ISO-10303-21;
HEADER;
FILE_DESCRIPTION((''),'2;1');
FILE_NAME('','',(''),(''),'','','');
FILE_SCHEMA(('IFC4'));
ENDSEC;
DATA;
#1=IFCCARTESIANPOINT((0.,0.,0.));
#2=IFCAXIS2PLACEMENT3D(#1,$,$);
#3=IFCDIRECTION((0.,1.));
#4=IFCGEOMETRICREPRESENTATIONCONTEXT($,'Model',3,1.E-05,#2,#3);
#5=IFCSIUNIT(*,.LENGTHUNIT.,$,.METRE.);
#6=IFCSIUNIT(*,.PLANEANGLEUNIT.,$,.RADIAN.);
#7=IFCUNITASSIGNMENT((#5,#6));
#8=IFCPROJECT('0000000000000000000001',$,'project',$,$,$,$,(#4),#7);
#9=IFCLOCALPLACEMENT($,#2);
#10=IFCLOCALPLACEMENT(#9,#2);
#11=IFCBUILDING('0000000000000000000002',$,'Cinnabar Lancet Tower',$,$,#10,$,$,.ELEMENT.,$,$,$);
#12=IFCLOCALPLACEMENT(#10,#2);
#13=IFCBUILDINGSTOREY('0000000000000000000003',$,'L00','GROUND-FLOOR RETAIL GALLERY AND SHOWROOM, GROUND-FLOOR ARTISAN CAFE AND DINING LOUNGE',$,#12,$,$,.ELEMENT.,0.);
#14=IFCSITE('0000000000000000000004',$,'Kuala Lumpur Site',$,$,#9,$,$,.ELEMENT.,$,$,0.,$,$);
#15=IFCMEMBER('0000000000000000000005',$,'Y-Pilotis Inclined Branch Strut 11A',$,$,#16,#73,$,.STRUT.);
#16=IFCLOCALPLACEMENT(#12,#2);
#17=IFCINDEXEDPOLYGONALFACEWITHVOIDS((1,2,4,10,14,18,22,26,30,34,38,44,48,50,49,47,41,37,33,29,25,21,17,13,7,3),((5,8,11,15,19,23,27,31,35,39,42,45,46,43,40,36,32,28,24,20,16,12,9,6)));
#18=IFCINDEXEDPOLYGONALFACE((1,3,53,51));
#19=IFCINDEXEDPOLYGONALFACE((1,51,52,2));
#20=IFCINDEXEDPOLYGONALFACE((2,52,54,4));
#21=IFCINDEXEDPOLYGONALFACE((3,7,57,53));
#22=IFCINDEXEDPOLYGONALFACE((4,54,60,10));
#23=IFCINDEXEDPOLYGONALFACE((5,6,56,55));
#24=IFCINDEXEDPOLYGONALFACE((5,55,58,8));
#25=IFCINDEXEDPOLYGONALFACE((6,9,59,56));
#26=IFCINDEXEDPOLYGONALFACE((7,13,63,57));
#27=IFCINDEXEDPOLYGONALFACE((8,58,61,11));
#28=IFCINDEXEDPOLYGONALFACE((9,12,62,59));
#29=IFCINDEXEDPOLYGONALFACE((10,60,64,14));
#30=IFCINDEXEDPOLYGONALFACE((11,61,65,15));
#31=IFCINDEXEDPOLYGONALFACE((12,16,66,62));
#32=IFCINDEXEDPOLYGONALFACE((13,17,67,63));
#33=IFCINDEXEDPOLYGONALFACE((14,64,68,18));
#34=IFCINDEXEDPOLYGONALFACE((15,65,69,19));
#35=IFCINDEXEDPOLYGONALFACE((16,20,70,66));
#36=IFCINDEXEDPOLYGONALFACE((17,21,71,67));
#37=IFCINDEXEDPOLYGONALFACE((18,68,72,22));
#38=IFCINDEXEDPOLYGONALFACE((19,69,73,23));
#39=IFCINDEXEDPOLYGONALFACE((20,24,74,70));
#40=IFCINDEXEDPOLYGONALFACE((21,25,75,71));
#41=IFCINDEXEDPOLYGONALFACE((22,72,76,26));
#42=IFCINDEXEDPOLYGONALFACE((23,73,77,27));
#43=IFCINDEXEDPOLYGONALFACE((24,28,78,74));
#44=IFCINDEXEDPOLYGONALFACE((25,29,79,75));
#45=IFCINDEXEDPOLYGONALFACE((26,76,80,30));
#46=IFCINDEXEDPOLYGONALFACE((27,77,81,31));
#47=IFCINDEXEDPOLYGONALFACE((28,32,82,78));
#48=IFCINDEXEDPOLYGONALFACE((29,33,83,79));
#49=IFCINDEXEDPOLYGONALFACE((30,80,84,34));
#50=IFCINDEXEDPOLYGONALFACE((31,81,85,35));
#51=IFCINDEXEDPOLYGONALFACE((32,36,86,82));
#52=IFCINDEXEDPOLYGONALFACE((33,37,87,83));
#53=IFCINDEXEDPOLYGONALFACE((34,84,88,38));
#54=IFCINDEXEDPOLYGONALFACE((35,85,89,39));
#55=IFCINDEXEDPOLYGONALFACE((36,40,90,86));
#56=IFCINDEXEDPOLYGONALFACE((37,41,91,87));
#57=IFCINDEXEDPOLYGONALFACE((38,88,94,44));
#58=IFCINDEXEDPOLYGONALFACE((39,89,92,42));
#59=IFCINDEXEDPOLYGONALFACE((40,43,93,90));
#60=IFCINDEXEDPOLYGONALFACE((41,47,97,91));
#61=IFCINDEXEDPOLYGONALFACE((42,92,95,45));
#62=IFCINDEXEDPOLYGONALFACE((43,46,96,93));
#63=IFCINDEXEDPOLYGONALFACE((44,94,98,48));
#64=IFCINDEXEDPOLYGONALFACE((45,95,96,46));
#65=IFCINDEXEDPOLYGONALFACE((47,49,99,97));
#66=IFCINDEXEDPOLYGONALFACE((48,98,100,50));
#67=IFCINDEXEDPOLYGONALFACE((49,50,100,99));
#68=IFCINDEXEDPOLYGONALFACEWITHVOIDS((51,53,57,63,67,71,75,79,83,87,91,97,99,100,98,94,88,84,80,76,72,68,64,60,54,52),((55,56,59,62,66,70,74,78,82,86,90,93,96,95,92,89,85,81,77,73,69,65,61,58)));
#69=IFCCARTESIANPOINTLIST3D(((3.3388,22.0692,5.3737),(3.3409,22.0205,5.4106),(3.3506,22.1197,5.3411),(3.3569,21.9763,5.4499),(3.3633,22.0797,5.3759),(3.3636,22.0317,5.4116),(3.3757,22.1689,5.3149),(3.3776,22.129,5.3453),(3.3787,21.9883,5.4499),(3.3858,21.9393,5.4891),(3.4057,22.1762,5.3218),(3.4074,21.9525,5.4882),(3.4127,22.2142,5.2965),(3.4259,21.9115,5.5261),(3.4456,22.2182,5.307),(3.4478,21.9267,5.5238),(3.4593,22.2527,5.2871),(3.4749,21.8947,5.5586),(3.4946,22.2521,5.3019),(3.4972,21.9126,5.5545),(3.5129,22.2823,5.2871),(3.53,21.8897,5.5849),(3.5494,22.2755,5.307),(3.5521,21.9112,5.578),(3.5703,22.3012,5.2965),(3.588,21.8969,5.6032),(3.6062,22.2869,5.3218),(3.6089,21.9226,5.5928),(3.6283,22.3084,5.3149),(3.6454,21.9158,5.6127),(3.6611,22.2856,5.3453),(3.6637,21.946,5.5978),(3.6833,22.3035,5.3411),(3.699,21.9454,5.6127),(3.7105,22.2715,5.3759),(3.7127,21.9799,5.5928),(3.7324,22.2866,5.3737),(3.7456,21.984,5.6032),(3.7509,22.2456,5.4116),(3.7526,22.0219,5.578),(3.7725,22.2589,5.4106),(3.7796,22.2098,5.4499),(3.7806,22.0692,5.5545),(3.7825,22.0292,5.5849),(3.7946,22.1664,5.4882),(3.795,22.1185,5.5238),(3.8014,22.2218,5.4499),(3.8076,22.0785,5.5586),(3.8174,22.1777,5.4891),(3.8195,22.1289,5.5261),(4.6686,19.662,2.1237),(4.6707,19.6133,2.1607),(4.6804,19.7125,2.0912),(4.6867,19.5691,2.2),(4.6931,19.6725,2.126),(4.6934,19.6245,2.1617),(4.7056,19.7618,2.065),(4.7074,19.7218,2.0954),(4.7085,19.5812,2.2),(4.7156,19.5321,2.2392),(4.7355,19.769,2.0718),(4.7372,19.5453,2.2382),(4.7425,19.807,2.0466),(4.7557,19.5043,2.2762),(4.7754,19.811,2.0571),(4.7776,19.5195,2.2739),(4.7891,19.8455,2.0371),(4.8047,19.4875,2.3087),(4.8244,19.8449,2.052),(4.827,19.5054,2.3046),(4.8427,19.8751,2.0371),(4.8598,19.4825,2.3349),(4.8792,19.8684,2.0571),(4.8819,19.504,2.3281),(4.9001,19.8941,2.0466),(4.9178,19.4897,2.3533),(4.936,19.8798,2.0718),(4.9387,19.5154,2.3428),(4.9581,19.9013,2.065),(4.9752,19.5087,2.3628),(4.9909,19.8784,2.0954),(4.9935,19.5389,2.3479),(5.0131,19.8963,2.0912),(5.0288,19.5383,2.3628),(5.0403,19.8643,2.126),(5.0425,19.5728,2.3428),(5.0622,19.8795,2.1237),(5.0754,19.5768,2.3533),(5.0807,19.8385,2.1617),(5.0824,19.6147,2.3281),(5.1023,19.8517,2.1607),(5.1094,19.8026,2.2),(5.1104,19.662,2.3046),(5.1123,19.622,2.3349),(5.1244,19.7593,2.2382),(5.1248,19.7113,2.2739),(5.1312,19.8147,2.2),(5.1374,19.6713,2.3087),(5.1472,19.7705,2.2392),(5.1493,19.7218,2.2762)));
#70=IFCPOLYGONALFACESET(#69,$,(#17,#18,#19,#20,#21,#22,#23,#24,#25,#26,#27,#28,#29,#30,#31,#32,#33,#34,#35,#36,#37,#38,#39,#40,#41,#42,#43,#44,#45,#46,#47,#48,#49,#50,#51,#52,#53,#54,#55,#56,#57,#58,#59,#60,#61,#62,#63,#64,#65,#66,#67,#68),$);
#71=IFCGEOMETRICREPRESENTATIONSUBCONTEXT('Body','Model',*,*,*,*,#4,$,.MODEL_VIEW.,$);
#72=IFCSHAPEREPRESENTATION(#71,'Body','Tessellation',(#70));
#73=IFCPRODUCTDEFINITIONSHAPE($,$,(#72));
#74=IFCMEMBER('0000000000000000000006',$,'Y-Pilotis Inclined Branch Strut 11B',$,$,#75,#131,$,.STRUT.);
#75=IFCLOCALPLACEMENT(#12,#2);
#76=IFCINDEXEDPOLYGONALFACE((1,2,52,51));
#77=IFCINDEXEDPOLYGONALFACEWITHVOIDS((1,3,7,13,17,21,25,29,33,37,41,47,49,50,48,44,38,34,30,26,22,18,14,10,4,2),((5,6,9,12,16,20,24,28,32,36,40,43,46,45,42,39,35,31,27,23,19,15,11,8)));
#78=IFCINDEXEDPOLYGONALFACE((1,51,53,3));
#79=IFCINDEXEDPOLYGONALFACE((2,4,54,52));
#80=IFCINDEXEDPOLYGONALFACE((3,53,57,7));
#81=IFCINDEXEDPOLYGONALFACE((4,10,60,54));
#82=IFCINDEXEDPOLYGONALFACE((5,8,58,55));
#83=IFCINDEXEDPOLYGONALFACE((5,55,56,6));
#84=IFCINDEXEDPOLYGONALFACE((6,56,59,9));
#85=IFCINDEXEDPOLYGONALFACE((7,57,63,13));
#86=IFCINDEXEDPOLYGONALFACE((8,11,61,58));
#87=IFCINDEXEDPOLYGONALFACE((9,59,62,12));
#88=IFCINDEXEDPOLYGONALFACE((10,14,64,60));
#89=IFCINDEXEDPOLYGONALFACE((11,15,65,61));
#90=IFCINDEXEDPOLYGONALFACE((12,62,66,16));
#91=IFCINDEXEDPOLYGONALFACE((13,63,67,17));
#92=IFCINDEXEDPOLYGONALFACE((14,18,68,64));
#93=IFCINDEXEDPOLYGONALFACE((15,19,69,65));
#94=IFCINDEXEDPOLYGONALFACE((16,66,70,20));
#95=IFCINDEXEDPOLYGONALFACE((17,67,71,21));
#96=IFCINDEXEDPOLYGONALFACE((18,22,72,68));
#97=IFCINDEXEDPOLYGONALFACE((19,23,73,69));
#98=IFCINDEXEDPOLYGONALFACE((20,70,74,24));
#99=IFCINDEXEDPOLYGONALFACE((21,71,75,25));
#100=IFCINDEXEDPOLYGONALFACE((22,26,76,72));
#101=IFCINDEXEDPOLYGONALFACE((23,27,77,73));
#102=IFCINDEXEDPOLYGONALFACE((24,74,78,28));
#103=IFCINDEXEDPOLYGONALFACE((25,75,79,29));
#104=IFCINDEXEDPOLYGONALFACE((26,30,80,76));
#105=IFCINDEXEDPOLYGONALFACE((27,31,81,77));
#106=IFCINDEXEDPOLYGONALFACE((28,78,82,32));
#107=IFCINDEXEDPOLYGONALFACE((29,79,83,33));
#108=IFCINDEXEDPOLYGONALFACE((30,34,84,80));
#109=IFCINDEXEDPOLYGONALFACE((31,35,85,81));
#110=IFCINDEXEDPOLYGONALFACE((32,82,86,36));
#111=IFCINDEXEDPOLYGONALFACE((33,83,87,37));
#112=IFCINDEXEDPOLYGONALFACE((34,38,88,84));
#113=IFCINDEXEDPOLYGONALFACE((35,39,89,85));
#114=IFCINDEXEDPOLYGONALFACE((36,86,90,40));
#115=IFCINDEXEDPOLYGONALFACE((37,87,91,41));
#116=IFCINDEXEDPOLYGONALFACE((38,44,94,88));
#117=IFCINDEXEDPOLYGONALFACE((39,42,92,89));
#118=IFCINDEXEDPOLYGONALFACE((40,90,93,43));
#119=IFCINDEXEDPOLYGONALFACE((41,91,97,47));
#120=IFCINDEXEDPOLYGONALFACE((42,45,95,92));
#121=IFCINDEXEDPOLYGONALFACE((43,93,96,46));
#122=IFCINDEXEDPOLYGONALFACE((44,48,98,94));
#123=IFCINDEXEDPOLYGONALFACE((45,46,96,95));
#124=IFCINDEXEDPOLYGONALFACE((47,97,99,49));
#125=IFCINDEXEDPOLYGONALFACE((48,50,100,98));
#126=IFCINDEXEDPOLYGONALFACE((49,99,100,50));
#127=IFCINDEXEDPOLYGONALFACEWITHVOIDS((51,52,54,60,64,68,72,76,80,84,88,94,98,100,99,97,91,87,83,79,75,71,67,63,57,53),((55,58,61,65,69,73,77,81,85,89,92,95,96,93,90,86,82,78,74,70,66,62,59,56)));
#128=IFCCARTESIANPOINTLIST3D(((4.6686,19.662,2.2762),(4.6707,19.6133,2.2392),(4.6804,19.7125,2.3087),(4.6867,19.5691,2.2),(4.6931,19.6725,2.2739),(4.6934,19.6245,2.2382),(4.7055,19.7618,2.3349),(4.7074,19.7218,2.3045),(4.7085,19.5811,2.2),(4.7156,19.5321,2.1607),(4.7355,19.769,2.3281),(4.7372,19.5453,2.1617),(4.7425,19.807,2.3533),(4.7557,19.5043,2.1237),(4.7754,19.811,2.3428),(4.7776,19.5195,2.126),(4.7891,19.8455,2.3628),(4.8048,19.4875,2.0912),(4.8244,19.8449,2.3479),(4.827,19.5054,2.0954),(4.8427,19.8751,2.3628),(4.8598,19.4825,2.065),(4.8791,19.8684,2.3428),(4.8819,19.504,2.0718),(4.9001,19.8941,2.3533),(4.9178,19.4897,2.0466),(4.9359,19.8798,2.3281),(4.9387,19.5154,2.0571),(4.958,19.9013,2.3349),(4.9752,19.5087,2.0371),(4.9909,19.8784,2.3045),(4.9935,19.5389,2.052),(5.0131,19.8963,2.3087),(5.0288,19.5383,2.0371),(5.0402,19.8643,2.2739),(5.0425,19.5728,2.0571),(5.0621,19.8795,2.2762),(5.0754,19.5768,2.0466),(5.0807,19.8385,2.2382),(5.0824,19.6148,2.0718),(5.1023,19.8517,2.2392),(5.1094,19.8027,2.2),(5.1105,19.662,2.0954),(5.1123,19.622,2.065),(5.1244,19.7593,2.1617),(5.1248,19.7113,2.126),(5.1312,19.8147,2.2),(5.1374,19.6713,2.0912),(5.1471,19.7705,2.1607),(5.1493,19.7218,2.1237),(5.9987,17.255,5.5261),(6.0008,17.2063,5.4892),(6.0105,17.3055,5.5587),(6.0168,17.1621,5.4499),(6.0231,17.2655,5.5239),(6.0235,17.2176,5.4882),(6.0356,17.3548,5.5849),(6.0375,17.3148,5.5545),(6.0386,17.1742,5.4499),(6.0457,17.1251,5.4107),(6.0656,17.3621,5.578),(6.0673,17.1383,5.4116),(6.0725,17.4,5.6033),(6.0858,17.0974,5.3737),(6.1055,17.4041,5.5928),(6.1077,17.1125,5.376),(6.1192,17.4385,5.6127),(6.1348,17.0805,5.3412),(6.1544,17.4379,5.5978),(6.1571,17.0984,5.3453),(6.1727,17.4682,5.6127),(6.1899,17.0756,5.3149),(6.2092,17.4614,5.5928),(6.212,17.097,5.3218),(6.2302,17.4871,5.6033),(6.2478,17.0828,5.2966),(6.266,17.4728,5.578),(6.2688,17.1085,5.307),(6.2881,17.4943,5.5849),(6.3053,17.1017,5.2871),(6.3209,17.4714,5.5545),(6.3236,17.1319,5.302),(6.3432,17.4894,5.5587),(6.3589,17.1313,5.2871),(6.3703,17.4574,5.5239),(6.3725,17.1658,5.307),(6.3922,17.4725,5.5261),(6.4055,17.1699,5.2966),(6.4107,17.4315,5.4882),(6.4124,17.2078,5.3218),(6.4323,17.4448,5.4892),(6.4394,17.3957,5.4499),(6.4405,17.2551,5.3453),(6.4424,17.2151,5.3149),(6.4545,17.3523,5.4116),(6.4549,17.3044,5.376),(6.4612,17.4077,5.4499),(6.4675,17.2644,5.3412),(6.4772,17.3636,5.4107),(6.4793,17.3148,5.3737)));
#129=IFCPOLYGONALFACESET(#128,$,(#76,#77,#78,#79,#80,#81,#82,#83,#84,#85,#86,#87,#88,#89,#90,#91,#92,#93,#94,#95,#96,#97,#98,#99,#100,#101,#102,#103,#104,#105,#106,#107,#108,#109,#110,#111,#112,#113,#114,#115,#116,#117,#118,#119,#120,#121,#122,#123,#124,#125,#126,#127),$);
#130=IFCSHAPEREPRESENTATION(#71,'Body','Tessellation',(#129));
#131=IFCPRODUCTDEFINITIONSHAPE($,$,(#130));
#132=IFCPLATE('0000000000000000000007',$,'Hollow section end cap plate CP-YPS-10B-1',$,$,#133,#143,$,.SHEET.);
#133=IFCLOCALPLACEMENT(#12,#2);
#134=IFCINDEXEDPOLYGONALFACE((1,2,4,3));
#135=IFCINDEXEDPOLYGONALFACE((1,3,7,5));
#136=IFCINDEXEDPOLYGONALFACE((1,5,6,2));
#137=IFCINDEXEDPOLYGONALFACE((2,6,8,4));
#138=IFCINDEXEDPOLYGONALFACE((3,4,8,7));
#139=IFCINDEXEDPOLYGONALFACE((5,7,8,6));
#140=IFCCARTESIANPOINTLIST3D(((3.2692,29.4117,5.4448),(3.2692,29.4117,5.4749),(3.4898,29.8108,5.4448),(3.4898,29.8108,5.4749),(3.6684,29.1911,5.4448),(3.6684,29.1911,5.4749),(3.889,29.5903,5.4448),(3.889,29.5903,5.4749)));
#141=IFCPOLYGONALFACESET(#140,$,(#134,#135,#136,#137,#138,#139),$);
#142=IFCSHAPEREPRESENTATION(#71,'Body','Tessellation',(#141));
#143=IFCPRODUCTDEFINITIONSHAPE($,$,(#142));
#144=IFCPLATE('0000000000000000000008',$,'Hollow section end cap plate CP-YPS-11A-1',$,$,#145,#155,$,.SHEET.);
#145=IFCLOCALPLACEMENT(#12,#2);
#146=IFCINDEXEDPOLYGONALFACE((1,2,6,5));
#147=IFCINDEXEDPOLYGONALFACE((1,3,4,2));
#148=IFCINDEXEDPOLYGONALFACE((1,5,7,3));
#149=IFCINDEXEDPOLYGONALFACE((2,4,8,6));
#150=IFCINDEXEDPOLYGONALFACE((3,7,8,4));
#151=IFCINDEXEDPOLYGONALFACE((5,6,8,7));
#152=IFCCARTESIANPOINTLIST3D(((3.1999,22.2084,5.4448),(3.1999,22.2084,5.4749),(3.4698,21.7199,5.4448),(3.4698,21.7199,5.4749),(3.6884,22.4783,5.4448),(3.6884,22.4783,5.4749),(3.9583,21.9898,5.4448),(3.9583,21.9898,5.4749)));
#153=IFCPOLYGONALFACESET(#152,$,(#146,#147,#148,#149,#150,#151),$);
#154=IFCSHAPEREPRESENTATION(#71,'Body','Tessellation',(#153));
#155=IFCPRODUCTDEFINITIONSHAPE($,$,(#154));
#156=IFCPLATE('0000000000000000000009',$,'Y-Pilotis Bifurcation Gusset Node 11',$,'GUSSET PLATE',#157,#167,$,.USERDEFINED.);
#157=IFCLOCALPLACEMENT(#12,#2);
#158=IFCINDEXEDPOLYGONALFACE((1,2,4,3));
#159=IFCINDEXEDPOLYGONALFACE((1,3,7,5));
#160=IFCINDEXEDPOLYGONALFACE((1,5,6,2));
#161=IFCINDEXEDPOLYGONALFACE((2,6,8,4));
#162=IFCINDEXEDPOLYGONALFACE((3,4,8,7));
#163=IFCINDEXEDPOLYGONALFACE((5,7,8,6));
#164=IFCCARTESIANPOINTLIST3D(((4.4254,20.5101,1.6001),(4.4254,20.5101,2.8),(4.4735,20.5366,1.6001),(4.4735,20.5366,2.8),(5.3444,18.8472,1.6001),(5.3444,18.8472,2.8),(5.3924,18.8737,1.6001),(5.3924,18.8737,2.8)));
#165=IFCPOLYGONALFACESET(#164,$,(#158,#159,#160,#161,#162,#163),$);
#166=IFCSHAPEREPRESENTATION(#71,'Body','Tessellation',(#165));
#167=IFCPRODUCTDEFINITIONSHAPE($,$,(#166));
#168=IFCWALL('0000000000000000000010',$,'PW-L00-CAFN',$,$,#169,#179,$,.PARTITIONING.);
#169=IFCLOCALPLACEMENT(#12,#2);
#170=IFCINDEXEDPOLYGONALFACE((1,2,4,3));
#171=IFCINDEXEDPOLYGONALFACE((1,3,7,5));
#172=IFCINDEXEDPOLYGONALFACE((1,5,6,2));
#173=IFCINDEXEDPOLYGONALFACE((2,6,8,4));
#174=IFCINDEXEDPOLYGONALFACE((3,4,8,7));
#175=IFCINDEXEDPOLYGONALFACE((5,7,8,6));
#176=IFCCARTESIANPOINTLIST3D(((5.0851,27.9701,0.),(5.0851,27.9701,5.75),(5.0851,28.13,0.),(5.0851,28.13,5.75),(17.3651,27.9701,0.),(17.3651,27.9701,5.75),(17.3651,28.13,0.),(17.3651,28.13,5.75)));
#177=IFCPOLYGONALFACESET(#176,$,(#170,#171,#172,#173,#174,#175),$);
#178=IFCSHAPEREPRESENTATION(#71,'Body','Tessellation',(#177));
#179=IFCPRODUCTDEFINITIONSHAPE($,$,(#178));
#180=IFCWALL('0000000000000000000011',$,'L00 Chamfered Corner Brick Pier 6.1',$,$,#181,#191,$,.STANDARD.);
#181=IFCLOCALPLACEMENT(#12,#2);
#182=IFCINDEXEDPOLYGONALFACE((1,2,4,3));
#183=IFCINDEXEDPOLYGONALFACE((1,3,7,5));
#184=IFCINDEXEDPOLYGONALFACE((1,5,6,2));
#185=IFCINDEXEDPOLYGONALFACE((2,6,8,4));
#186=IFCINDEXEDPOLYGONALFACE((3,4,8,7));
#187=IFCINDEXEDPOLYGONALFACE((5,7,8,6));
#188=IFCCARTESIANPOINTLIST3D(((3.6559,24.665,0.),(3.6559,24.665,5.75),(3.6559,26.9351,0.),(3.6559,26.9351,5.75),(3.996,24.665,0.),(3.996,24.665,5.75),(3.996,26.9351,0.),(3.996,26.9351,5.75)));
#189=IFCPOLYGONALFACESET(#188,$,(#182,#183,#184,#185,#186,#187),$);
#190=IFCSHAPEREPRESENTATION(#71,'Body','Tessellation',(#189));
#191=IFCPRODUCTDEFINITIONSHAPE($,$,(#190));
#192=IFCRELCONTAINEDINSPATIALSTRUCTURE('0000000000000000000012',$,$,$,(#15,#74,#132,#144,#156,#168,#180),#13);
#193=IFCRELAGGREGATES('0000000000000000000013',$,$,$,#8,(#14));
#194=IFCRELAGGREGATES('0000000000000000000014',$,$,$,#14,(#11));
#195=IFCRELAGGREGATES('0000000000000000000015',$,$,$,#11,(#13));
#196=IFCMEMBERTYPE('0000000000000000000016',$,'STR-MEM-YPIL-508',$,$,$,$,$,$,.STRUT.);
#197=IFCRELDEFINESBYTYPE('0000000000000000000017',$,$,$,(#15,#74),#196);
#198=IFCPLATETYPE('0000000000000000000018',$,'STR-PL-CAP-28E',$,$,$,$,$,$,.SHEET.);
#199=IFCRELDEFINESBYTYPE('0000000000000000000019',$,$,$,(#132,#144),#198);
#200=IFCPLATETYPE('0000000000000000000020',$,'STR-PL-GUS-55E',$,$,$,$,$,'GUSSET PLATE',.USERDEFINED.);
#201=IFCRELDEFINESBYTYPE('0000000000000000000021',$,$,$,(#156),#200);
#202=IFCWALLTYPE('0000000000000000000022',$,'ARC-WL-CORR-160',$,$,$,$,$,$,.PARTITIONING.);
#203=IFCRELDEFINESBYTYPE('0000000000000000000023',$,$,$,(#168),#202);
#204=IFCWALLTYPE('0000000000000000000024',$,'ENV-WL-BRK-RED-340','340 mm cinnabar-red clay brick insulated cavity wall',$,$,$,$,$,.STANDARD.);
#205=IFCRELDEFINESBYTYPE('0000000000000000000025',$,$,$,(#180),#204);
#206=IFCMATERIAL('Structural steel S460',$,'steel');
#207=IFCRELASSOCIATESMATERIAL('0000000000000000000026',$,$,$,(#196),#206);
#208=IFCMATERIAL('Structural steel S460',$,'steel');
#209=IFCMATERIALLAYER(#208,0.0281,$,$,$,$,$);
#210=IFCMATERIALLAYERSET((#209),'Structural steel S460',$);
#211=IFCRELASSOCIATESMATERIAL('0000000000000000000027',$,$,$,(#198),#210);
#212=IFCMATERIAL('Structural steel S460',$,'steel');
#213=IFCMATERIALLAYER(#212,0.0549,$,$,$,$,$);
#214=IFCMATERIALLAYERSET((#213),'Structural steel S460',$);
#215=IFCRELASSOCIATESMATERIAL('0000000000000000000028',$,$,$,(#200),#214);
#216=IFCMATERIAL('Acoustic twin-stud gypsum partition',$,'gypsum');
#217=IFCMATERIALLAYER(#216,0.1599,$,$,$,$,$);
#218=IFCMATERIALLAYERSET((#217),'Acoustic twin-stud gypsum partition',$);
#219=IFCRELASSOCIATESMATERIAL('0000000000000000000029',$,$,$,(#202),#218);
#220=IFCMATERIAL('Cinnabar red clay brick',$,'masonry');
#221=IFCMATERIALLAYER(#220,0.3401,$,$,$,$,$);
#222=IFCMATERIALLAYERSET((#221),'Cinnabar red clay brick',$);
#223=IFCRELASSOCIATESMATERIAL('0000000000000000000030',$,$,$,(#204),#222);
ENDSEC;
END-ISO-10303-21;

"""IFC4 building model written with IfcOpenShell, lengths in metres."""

from ifc_helpers import new_model, si_unit, direction, frame, frame_2d, origin, origin_2d, place, context, subcontext, project, spatial, rectangle, hollow_circle, extrude, material, layer, layer_set, material_profile, profile_set, type_object, element, save


model = new_model("IFC4")

# Units and contexts
model_context = context("Model", 3, precision=1e-05, world=origin(), true_north=direction((0.0, 1.0)))
body_context = subcontext(model_context, "Body", "Model", "MODEL_VIEW")
ifc_project = project(units=[si_unit("LENGTHUNIT", "METRE"), si_unit("PLANEANGLEUNIT", "RADIAN")], contexts=[model_context])

# Site, building, storey
site_placement = place(None, origin())
site = spatial("IfcSite", under=ifc_project, at=site_placement, Name="Kuala Lumpur Site", CompositionType="ELEMENT", RefElevation=0.0)
building_placement = place(site_placement, origin())
building = spatial("IfcBuilding", under=site, at=building_placement, Name="Cinnabar Lancet Tower", CompositionType="ELEMENT")
storey_placement = place(building_placement, origin())
storey = spatial("IfcBuildingStorey", under=building, at=storey_placement, Name="L00", Description="GROUND-FLOOR RETAIL GALLERY AND SHOWROOM, GROUND-FLOOR ARTISAN CAFE AND DINING LOUNGE", CompositionType="ELEMENT", Elevation=0.0)

# Members
ifc_material_1 = material(Name="Structural steel S460", Category="steel")
ifc_material_profile_1 = material_profile(ifc_material_1, hollow_circle(Radius=0.2539, WallThickness=0.0249, at=origin_2d()), Name="CHS 508x25")
ifc_profile_set_1 = profile_set([ifc_material_profile_1], Name="Structural steel S460")
member_type = type_object("IfcMemberType", Name="STR-MEM-YPIL-508", PredefinedType="STRUT", material=ifc_profile_set_1)
for number, where, z_axis, x_axis, name in (
    (1, (4.9089, 19.6919, 2.2), (-0.312356, 0.565418, 0.763372), (-0.875315, -0.483554, 0.0), "Y-Pilotis Inclined Branch Strut 11A"),
    (2, (4.9089, 19.6919, 2.2), (0.312418, -0.565369, 0.763383), (0.875256, 0.483659, 0.0), "Y-Pilotis Inclined Branch Strut 11B"),
):
    element("IfcMember", number, at=place(storey_placement, frame(where, z_axis=z_axis, x_axis=x_axis)), inside=storey, type_object=member_type, Name=name, PredefinedType="STRUT", context=body_context, shape_type="SweptSolid", body=[
        extrude(hollow_circle(Radius=0.2539, WallThickness=0.0249, at=origin_2d()), origin(), (0.0, 0.0, 1.0), 4.2573),
    ])

# Plates
ifc_material_2 = material(Name="Structural steel S460", Category="steel")
ifc_layer_1 = layer(ifc_material_2, 0.0281)
ifc_layer_set_1 = layer_set([ifc_layer_1], Name="Structural steel S460")
plate_type_1 = type_object("IfcPlateType", Name="STR-PL-CAP-28E", PredefinedType="SHEET", material=ifc_layer_set_1)
plate_1_placement = place(storey_placement, frame((3.5791, 29.501, 5.4448), z_axis=(0.0, 0.0, 1.0), x_axis=(-0.483634, -0.87527, 0.0)))
element("IfcPlate", 3, at=plate_1_placement, inside=storey, type_object=plate_type_1, Name="Hollow section end cap plate CP-YPS-10B-1", PredefinedType="SHEET", context=body_context, shape_type="SweptSolid", body=[
    extrude(rectangle(XDim=0.4561, YDim=0.4561, at=origin_2d()), origin(), (0.0, 0.0, 1.0), 0.03),
])
plate_2_placement = place(storey_placement, frame((3.5791, 22.0991, 5.4448), z_axis=(0.0, 0.0, 1.0), x_axis=(-0.483634, 0.87527, 0.0)))
element("IfcPlate", 4, at=plate_2_placement, inside=storey, type_object=plate_type_1, Name="Hollow section end cap plate CP-YPS-11A-1", PredefinedType="SHEET", context=body_context, shape_type="SweptSolid", body=[
    extrude(rectangle(XDim=0.5581, YDim=0.5581, at=origin_2d()), origin(), (0.0, 0.0, 1.0), 0.03),
])
ifc_material_3 = material(Name="Structural steel S460", Category="steel")
ifc_layer_2 = layer(ifc_material_3, 0.0549)
ifc_layer_set_2 = layer_set([ifc_layer_2], Name="Structural steel S460")
plate_type_2 = type_object("IfcPlateType", Name="STR-PL-GUS-55E", ElementType="GUSSET PLATE", PredefinedType="USERDEFINED", material=ifc_layer_set_2)
plate_3_placement = place(storey_placement, frame((4.9089, 19.6919, 1.6001), z_axis=(0.0, 0.0, 1.0), x_axis=(0.483664, -0.875254, 0.0)))
element("IfcPlate", 5, at=plate_3_placement, inside=storey, type_object=plate_type_2, Name="Y-Pilotis Bifurcation Gusset Node 11", ObjectType="GUSSET PLATE", PredefinedType="USERDEFINED", context=body_context, shape_type="SweptSolid", body=[
    extrude(rectangle(XDim=1.8999, YDim=0.0549, at=origin_2d()), origin(), (0.0, 0.0, 1.0), 1.2),
])

# Walls
ifc_material_4 = material(Name="Acoustic twin-stud gypsum partition", Category="gypsum")
ifc_layer_3 = layer(ifc_material_4, 0.1599)
ifc_layer_set_3 = layer_set([ifc_layer_3], Name="Acoustic twin-stud gypsum partition")
wall_type_1 = type_object("IfcWallType", Name="ARC-WL-CORR-160", PredefinedType="PARTITIONING", material=ifc_layer_set_3)
wall_1_placement = place(storey_placement, frame((5.085, 28.05, 0.0), z_axis=(0.0, 0.0, 1.0), x_axis=(1.0, 0.0, 0.0)))
element("IfcWall", 6, at=wall_1_placement, inside=storey, type_object=wall_type_1, Name="PW-L00-CAFN", PredefinedType="PARTITIONING", context=body_context, shape_type="SweptSolid", body=[
    extrude(rectangle(XDim=12.28, YDim=0.1599, at=frame_2d((6.1401, 0.0))), origin(), (0.0, 0.0, 1.0), 5.75),
])
ifc_material_5 = material(Name="Cinnabar red clay brick", Category="masonry")
ifc_layer_4 = layer(ifc_material_5, 0.3401)
ifc_layer_set_4 = layer_set([ifc_layer_4], Name="Cinnabar red clay brick")
wall_type_2 = type_object("IfcWallType", Name="ENV-WL-BRK-RED-340", Description="340 mm cinnabar-red clay brick insulated cavity wall", PredefinedType="STANDARD", material=ifc_layer_set_4)
wall_2_placement = place(storey_placement, frame((3.8259, 24.665, 0.0), z_axis=(0.0, 0.0, 1.0), x_axis=(0.0, 1.0, 0.0)))
element("IfcWall", 7, at=wall_2_placement, inside=storey, type_object=wall_type_2, Name="L00 Chamfered Corner Brick Pier 6.1", PredefinedType="STANDARD", context=body_context, shape_type="SweptSolid", body=[
    extrude(rectangle(XDim=2.27, YDim=0.3401, at=frame_2d((1.135, 0.0))), origin(), (0.0, 0.0, 1.0), 5.75),
])

save(model, "model.ifc")
